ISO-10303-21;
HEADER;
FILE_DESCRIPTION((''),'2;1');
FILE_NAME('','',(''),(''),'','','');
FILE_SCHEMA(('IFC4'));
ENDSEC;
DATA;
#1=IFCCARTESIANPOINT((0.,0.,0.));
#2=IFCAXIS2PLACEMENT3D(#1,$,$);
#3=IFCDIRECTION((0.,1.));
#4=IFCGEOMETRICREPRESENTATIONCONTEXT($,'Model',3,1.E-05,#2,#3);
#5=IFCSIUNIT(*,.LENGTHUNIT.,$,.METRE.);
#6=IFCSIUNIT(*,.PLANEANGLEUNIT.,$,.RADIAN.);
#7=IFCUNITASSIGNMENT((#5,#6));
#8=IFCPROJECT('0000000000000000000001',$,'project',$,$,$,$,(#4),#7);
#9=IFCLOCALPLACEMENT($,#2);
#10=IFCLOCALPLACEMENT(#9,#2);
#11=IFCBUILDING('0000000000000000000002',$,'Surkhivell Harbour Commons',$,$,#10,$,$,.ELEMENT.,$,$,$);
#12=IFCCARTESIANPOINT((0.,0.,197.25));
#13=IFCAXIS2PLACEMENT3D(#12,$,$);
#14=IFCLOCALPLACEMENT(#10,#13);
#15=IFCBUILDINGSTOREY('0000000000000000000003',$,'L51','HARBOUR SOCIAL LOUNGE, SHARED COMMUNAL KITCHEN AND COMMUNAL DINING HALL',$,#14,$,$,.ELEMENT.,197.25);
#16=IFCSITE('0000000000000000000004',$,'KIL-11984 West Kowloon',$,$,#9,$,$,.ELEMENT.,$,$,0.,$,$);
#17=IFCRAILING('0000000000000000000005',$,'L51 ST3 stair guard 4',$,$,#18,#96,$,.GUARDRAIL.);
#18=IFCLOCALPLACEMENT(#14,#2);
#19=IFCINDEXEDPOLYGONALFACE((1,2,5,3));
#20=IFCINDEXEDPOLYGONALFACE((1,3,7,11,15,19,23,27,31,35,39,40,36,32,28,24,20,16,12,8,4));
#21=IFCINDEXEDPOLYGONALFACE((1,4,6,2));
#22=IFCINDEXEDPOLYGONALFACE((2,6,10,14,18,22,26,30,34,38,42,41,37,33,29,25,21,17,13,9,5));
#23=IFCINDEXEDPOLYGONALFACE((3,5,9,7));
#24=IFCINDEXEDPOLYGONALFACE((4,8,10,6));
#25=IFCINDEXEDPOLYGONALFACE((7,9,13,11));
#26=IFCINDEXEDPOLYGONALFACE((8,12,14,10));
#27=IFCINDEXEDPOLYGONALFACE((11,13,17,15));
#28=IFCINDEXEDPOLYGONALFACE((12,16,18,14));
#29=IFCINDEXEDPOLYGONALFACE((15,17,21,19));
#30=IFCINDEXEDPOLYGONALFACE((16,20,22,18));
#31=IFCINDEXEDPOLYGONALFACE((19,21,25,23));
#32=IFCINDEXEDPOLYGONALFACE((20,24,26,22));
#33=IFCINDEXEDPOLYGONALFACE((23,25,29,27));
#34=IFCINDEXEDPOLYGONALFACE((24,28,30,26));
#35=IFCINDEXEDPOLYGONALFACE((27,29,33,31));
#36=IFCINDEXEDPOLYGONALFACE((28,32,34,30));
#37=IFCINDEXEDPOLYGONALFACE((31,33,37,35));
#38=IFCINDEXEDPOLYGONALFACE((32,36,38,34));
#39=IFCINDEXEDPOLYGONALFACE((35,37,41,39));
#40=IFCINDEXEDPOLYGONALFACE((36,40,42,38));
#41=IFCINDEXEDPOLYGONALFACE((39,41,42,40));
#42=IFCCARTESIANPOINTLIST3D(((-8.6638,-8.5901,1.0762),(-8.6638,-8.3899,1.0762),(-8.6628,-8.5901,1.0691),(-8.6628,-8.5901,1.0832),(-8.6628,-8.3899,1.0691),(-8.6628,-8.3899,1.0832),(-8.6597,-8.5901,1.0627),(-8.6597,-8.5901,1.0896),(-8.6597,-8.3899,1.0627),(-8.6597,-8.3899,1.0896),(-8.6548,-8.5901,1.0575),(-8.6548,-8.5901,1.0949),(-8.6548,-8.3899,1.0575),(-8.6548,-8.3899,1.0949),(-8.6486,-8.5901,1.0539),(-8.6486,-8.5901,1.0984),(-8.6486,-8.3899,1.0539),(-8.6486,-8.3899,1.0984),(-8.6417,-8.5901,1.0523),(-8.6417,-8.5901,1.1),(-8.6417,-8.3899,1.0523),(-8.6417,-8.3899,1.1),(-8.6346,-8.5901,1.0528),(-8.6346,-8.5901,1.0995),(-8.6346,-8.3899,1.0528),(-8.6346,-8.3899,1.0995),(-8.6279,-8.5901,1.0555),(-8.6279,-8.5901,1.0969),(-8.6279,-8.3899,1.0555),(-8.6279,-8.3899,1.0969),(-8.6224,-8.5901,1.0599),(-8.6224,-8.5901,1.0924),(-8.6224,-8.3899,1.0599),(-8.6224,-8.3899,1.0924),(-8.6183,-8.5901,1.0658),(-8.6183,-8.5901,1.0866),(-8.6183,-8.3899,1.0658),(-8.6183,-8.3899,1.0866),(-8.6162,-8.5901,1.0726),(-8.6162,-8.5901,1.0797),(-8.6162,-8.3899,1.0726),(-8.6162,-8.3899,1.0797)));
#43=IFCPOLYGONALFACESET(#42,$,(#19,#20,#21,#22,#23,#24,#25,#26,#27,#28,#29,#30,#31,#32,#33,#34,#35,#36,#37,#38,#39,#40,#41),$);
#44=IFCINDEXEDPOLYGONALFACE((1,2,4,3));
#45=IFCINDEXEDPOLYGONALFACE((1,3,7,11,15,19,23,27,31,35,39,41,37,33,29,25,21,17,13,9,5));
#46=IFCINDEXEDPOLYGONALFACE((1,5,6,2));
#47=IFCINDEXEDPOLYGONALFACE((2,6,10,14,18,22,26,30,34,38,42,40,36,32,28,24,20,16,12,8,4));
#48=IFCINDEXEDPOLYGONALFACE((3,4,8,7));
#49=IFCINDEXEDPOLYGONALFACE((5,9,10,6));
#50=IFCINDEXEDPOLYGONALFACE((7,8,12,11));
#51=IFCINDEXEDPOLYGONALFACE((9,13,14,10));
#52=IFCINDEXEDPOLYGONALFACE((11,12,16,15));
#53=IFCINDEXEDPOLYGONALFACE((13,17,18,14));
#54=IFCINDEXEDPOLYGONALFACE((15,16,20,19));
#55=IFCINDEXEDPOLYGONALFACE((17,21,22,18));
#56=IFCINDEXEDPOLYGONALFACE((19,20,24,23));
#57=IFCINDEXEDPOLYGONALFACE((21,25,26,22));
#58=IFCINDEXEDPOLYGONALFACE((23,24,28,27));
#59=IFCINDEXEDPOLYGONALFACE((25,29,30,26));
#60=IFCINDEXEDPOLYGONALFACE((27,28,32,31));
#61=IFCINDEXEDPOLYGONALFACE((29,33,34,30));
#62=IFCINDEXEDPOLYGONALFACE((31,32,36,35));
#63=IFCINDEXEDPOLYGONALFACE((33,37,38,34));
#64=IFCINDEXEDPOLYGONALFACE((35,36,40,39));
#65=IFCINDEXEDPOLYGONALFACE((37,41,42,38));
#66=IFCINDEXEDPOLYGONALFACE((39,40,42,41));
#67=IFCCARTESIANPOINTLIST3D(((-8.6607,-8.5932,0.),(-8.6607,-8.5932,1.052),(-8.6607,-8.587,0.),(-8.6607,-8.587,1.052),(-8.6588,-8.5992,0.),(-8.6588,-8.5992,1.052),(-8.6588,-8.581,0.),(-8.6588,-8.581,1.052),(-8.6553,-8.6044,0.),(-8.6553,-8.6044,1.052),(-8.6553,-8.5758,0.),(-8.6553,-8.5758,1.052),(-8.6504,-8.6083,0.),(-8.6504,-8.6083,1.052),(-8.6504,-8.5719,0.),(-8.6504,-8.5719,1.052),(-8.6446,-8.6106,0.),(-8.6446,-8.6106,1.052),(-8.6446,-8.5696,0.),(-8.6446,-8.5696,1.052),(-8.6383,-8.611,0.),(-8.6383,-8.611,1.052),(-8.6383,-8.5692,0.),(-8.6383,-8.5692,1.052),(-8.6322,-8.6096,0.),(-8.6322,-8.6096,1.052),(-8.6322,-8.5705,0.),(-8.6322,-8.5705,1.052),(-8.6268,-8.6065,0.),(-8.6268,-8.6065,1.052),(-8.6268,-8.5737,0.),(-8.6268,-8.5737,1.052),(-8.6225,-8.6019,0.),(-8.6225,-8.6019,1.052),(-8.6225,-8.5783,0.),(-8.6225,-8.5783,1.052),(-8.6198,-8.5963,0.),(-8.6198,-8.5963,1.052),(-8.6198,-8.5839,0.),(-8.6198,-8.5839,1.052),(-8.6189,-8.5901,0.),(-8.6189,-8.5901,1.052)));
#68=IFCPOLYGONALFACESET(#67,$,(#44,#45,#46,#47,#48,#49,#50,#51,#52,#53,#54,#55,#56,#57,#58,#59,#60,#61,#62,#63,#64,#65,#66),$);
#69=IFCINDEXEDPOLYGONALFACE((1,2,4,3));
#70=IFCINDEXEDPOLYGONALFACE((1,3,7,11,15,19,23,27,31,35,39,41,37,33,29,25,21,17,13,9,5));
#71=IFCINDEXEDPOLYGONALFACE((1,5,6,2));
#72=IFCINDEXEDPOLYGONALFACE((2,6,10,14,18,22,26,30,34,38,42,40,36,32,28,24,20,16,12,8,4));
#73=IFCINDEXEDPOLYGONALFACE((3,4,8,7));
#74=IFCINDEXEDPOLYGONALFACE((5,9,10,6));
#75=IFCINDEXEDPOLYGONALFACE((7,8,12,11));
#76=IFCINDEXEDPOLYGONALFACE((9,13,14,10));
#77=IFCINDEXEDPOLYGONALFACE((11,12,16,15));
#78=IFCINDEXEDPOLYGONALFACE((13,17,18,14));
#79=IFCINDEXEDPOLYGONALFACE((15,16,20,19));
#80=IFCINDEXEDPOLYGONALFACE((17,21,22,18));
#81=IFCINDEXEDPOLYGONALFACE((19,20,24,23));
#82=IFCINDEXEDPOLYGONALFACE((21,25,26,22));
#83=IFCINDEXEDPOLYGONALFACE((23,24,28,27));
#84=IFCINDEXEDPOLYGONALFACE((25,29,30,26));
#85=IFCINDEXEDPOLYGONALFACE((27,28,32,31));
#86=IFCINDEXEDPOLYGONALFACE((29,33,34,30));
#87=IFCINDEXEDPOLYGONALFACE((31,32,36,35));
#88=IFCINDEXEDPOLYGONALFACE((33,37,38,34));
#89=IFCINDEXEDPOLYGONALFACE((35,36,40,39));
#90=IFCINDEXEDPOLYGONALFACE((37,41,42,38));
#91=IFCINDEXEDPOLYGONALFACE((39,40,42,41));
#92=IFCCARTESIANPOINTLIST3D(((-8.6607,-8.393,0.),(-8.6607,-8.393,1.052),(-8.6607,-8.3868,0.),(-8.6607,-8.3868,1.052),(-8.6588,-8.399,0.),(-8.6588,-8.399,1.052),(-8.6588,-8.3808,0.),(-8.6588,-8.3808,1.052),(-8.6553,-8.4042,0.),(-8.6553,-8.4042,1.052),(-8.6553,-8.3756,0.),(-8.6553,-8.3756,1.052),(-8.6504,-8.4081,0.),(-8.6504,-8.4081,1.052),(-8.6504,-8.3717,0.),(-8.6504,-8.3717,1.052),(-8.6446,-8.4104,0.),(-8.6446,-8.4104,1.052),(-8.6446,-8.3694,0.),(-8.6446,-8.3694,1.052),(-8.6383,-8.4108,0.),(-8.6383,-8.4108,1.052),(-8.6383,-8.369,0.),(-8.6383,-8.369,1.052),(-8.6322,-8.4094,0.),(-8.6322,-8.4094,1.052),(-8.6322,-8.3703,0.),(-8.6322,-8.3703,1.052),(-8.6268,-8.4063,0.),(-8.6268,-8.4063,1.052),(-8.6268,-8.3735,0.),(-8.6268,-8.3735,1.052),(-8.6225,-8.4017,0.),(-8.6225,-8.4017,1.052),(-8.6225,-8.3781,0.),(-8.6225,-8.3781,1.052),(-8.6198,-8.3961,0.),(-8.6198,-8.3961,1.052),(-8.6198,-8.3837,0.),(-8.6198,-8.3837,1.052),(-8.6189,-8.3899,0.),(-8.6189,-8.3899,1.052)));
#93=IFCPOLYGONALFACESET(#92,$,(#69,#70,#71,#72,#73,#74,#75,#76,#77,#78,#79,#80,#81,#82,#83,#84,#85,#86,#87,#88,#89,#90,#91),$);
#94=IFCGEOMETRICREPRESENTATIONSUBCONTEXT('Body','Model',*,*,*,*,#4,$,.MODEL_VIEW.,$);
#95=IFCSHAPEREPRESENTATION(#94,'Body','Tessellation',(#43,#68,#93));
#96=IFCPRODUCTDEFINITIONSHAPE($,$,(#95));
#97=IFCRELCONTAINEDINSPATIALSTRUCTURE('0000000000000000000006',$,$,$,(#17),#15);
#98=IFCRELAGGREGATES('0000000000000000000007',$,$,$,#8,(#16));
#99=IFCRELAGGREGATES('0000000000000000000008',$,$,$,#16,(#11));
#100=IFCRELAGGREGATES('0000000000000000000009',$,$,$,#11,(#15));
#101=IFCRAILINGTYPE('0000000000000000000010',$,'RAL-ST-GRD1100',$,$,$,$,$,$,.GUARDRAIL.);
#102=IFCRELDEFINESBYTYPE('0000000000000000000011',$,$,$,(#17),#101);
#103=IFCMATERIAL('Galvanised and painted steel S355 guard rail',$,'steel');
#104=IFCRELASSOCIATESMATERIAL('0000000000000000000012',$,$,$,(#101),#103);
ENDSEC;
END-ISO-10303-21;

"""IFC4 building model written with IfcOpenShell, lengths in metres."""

from ifc_helpers import new_model, si_unit, direction, frame, origin, origin_2d, place, context, subcontext, project, spatial, circle, extrude, material, type_object, element, save


model = new_model("IFC4")

# Units and contexts
model_context = context("Model", 3, precision=1e-05, world=origin(), true_north=direction((0.0, 1.0)))
body_context = subcontext(model_context, "Body", "Model", "MODEL_VIEW")
ifc_project = project(units=[si_unit("LENGTHUNIT", "METRE"), si_unit("PLANEANGLEUNIT", "RADIAN")], contexts=[model_context])

# Site, building, storey
site_placement = place(None, origin())
site = spatial("IfcSite", under=ifc_project, at=site_placement, Name="KIL-11984 West Kowloon", CompositionType="ELEMENT", RefElevation=0.0)
building_placement = place(site_placement, origin())
building = spatial("IfcBuilding", under=site, at=building_placement, Name="Surkhivell Harbour Commons", CompositionType="ELEMENT")
storey_placement = place(building_placement, frame((0.0, 0.0, 197.25)))
storey = spatial("IfcBuildingStorey", under=building, at=storey_placement, Name="L51", Description="HARBOUR SOCIAL LOUNGE, SHARED COMMUNAL KITCHEN AND COMMUNAL DINING HALL", CompositionType="ELEMENT", Elevation=197.25)

# Railing
ifc_material_1 = material(Name="Galvanised and painted steel S355 guard rail", Category="steel")
railing_type_1 = type_object("IfcRailingType", Name="RAL-ST-GRD1100", PredefinedType="GUARDRAIL", material=ifc_material_1)
railing_1_placement = place(storey_placement, frame((-8.6399, -8.5901, 0.0)))
element("IfcRailing", 1, at=railing_1_placement, inside=storey, type_object=railing_type_1, Name="L51 ST3 stair guard 4", PredefinedType="GUARDRAIL", context=body_context, shape_type="SweptSolid", body=[
    extrude(circle(Radius=0.0239, at=origin_2d()), frame((0.0, 0.0, 1.0762), z_axis=(0.0, 1.0, 0.0), x_axis=(-1.0, 0.0, 0.0)), (0.0, 0.0, 1.0), 0.2002),
    extrude(circle(Radius=0.021, at=origin_2d()), origin(), (0.0, 0.0, 1.0), 1.052),
    extrude(circle(Radius=0.021, at=origin_2d()), frame((0.0, 0.2002, 0.0)), (0.0, 0.0, 1.0), 1.052),
])

save(model, "model.ifc")
